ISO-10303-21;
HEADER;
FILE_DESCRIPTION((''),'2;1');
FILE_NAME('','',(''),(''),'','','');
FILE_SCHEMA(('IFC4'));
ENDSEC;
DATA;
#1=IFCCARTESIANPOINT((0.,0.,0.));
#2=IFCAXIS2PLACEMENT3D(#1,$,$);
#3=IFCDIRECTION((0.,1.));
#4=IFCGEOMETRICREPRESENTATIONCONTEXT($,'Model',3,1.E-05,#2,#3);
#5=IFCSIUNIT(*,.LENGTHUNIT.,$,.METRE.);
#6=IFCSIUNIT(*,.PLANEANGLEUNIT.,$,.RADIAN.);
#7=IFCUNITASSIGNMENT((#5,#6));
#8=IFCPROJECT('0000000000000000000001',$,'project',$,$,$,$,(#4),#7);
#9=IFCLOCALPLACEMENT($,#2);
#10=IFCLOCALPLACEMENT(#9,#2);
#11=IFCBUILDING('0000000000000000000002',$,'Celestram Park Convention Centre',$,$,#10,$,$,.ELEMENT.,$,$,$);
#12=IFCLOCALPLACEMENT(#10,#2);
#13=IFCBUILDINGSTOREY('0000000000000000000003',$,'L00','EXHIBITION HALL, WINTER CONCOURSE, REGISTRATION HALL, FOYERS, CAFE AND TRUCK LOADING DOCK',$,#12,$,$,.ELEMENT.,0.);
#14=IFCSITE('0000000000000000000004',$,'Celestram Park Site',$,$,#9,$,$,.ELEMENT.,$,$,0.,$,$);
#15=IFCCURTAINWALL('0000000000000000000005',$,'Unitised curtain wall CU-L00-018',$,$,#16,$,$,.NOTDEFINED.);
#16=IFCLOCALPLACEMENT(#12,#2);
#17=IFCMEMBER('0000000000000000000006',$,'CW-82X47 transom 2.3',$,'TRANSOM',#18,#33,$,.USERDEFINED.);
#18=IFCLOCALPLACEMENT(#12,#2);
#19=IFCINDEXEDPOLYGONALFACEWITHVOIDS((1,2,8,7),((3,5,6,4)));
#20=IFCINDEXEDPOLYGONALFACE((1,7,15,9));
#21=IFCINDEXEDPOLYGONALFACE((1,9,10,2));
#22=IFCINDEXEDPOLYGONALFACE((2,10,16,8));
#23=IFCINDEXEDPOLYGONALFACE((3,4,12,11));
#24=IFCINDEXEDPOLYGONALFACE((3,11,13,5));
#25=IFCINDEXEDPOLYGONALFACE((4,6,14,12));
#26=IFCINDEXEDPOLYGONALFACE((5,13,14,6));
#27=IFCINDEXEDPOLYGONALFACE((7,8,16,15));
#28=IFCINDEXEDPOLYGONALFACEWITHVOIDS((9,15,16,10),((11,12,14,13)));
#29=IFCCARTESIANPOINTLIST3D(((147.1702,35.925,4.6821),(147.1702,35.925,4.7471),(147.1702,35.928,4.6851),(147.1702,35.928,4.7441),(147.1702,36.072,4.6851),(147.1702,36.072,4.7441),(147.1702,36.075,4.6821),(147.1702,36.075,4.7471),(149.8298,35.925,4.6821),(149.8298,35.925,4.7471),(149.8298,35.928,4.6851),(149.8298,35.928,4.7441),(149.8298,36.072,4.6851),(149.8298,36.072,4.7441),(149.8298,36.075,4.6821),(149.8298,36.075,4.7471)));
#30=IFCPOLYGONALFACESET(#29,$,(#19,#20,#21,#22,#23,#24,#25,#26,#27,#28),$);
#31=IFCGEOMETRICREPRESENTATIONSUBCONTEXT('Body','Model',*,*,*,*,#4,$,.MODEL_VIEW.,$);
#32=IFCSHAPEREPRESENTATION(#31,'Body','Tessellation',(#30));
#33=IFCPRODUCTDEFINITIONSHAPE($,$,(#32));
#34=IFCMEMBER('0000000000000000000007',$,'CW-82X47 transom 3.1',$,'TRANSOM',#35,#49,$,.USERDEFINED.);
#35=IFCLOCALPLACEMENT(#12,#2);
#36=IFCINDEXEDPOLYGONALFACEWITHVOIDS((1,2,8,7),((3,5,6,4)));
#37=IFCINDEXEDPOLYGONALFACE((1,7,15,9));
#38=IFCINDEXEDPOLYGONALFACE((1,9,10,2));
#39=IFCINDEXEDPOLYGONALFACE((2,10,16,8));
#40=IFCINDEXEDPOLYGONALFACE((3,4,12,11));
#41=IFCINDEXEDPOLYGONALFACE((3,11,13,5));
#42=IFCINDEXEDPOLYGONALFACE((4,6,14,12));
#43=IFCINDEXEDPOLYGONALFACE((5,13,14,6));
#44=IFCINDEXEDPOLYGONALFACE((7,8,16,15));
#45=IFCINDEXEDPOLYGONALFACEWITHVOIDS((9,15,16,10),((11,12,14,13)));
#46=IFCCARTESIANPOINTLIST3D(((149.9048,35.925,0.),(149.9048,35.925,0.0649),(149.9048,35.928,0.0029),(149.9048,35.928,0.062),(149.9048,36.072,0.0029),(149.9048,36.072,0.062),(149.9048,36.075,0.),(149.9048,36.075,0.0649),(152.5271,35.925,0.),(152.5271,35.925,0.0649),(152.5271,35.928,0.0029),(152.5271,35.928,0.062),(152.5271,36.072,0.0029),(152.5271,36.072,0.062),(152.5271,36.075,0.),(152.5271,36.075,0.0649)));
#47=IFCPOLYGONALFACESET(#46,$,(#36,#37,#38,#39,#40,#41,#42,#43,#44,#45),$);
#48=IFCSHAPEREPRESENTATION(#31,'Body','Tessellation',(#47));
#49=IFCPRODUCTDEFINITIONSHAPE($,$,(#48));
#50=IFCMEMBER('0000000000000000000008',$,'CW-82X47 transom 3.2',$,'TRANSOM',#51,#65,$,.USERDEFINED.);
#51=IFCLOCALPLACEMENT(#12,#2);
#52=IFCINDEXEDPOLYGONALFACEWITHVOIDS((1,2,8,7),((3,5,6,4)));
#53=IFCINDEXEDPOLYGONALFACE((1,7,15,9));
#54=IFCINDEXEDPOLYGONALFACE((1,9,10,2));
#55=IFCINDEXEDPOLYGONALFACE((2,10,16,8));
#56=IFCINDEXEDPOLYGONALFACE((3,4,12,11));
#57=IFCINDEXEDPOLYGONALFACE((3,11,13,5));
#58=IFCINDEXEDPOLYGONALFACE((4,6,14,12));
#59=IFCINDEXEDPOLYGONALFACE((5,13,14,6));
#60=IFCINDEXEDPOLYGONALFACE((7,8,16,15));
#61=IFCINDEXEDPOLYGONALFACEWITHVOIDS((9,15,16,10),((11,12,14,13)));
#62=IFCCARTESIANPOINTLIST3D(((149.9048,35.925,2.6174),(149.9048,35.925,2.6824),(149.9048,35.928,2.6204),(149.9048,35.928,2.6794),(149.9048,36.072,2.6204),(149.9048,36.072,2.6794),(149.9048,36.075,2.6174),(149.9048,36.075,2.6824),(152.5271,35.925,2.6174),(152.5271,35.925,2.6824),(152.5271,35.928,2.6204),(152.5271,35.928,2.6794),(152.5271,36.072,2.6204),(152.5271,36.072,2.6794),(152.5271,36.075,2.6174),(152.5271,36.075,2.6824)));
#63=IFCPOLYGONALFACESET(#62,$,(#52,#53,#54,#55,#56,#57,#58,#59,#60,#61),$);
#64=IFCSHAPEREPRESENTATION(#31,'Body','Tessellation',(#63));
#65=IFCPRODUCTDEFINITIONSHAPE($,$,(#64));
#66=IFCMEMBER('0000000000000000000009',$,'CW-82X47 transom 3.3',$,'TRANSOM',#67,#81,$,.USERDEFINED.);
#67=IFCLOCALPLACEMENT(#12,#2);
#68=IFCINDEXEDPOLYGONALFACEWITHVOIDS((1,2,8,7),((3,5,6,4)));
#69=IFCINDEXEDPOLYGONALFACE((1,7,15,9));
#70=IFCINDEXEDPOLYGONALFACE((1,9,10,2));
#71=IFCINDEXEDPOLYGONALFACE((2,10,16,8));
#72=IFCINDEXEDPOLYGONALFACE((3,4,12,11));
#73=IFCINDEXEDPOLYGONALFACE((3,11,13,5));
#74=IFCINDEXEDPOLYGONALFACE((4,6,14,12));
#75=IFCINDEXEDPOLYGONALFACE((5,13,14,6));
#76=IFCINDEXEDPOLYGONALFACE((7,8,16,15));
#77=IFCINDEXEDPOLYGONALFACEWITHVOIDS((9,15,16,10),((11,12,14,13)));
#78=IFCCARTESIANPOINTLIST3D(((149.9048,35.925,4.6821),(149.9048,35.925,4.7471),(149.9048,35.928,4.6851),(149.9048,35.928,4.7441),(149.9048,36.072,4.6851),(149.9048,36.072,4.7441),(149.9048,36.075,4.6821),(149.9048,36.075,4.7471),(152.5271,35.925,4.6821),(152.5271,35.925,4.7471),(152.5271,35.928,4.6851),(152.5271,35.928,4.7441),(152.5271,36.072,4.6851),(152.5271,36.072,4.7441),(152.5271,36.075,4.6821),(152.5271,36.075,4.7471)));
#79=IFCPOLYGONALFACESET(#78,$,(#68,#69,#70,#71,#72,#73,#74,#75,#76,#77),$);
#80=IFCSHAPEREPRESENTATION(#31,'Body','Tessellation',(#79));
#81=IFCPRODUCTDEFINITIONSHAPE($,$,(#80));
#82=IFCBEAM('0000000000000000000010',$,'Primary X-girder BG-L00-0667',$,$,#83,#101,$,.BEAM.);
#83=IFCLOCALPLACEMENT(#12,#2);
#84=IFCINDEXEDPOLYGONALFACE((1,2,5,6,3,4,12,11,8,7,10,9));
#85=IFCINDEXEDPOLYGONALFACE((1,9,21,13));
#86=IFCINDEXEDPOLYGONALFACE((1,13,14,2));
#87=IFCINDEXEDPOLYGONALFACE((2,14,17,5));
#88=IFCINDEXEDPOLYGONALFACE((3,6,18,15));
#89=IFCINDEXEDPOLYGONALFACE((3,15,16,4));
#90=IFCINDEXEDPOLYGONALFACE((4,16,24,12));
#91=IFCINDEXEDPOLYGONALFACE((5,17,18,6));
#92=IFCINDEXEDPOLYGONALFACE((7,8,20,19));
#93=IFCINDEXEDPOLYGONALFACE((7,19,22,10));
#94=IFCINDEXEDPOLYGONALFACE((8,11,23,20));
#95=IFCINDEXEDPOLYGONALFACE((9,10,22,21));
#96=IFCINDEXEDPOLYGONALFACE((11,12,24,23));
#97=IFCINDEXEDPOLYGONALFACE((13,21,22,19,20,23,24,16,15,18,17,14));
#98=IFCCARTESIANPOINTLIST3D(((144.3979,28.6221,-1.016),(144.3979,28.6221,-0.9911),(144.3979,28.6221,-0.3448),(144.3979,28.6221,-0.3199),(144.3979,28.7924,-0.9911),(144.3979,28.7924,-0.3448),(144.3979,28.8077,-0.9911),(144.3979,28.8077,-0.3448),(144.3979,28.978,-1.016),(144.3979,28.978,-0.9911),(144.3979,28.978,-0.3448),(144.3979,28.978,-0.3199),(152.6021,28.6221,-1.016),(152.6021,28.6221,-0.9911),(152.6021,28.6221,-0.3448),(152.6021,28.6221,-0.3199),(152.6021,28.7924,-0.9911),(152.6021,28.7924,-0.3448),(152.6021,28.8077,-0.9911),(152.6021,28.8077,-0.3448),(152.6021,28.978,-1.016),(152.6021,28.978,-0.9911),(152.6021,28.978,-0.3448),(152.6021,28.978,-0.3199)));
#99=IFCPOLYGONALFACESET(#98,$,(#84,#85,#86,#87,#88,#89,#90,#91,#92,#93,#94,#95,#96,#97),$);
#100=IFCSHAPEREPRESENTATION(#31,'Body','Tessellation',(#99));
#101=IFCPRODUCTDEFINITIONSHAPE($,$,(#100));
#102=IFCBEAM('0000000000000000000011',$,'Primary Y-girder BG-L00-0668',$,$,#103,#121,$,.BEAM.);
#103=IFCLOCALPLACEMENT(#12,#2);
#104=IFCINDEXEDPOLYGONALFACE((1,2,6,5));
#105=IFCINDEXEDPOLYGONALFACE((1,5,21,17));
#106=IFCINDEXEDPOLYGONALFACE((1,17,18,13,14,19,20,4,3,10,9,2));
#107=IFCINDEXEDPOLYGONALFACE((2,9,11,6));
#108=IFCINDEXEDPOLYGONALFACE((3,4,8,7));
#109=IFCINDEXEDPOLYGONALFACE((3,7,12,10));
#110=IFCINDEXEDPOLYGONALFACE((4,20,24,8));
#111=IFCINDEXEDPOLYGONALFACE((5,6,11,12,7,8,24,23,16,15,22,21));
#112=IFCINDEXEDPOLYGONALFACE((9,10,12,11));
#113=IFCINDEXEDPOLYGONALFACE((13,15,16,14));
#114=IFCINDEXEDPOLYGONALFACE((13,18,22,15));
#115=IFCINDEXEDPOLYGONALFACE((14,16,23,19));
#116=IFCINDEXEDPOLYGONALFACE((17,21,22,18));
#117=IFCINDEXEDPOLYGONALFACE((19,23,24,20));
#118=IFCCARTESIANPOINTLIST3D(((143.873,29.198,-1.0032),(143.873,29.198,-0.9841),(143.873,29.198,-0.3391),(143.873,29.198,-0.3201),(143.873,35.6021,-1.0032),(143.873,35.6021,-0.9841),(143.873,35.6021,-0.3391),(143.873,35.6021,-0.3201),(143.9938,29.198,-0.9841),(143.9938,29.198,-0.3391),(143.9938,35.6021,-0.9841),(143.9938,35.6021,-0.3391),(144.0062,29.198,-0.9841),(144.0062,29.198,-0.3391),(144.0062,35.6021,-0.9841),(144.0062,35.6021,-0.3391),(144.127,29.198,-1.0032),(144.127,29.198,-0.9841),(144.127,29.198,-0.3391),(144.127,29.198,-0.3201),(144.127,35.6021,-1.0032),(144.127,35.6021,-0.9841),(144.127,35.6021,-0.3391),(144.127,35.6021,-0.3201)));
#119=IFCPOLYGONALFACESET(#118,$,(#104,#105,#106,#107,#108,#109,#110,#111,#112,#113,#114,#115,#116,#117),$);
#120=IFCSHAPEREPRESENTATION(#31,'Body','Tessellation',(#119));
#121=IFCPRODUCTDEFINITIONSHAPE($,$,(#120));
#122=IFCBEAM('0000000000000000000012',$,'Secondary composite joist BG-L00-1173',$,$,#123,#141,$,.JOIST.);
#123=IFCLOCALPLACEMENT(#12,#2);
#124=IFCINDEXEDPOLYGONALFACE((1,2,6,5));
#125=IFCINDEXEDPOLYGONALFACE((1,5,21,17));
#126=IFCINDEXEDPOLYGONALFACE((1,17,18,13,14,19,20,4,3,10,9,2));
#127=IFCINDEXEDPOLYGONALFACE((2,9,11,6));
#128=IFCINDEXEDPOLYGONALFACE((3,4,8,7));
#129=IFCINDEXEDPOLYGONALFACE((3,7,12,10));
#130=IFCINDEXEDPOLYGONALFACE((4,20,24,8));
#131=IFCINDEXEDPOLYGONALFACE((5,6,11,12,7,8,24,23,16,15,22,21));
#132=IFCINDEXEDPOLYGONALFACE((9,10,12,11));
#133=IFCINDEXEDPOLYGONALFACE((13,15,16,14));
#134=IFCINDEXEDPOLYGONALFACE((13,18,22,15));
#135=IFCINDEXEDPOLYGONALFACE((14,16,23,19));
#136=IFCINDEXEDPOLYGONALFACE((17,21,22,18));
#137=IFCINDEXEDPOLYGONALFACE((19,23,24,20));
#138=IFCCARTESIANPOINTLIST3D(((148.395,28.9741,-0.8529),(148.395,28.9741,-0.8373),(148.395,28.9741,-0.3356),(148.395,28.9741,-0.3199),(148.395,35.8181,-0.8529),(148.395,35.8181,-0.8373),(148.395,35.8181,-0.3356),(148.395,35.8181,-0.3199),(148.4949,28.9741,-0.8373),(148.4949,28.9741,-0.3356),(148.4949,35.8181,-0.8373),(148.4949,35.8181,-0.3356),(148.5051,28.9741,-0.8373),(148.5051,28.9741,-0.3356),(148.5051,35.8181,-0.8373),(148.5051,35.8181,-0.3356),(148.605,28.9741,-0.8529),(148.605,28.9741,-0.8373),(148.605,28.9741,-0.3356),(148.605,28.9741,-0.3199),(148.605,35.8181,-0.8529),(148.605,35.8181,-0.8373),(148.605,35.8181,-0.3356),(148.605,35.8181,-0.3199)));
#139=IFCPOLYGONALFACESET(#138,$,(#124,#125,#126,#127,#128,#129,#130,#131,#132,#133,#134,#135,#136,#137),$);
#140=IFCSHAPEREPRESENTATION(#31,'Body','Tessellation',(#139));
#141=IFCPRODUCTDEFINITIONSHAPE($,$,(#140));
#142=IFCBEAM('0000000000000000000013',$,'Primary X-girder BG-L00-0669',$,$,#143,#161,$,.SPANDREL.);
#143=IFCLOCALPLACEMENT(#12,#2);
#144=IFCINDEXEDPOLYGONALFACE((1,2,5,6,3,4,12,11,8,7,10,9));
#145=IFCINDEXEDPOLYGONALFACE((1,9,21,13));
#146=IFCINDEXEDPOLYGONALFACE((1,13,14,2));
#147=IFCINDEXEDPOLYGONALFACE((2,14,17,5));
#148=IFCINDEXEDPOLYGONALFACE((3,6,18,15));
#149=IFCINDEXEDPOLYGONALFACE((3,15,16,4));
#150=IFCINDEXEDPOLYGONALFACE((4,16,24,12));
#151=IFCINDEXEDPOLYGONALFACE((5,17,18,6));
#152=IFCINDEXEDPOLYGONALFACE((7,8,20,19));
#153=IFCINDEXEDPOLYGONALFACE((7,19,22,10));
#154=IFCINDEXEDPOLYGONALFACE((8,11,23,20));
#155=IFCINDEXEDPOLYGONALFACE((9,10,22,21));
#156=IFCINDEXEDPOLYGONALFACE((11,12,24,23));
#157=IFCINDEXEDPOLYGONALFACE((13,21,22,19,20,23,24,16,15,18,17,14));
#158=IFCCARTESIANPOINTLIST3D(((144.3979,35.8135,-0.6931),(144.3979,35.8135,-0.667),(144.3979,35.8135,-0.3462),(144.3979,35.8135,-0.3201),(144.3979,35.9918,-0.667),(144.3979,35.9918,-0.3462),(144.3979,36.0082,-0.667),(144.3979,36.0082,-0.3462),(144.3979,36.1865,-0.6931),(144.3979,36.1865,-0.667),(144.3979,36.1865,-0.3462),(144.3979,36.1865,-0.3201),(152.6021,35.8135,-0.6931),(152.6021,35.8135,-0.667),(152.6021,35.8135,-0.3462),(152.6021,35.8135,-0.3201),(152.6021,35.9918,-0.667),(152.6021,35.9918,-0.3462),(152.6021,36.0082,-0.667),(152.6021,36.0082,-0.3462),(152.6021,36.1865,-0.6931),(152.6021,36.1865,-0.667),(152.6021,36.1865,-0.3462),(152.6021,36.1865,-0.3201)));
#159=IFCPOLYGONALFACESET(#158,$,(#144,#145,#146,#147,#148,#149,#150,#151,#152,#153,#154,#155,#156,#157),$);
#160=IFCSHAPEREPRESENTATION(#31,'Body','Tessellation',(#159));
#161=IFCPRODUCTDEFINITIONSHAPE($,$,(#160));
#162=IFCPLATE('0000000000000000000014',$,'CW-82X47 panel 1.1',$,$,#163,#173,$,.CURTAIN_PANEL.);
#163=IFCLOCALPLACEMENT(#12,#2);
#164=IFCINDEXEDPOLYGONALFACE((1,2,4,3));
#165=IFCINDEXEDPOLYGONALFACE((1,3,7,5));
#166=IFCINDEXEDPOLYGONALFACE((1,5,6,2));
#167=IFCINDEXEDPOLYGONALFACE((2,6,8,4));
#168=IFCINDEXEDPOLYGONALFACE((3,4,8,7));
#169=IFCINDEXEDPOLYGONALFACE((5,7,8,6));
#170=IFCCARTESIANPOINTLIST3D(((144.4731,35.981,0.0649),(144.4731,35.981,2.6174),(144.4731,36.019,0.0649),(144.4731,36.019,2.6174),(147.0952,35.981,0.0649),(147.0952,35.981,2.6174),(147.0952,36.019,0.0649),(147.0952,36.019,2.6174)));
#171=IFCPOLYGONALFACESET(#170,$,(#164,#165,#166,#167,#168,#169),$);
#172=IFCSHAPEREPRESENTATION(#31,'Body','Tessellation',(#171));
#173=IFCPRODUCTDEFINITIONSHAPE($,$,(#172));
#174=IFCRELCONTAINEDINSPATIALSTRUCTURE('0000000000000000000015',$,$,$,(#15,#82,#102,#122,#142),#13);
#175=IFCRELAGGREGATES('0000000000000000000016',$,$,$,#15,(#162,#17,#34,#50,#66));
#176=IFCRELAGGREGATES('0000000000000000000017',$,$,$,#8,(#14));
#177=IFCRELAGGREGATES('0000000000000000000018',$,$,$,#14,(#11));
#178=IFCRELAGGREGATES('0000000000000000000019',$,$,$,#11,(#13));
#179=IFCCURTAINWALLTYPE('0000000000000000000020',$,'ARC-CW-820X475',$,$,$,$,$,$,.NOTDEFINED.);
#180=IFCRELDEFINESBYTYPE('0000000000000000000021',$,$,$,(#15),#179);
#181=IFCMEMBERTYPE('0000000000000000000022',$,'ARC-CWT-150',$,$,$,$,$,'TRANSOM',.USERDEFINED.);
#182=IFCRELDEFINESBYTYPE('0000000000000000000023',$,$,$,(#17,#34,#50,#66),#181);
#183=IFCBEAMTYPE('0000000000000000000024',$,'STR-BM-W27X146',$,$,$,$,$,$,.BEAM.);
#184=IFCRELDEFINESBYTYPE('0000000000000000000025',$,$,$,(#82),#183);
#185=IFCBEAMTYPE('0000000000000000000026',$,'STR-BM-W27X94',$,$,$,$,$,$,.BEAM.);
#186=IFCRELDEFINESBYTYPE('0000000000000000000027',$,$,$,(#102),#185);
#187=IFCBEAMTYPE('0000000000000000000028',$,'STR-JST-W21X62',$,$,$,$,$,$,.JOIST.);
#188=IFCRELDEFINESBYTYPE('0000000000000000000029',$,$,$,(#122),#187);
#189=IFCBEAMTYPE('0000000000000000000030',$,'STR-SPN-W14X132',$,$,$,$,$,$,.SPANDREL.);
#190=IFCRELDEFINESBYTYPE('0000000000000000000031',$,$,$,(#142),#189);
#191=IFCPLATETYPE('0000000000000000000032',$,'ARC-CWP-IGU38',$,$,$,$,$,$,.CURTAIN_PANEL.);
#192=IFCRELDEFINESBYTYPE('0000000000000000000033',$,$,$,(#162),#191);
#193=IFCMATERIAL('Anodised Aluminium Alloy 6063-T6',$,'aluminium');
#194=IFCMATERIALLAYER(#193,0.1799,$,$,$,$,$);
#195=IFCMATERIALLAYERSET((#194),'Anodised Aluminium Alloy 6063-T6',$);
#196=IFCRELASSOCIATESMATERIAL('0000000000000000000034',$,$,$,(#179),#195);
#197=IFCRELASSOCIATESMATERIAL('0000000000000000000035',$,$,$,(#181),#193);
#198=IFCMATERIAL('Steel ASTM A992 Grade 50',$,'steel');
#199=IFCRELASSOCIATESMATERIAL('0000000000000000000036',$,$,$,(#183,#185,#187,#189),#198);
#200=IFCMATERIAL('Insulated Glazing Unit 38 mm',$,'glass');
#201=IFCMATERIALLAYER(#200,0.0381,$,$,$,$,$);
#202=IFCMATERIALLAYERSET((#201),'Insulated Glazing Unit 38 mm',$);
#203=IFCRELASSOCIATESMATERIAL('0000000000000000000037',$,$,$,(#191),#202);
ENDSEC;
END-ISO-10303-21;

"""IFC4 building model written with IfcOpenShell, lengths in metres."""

from ifc_helpers import new_model, si_unit, direction, frame, origin, origin_2d, place, context, subcontext, project, spatial, rectangle, hollow_rectangle, i_section, extrude, material, layer, layer_set, material_profile, profile_set, type_object, element, aggregate, save


model = new_model("IFC4")

# Units and contexts
model_context = context("Model", 3, precision=1e-05, world=origin(), true_north=direction((0.0, 1.0)))
body_context = subcontext(model_context, "Body", "Model", "MODEL_VIEW")
ifc_project = project(units=[si_unit("LENGTHUNIT", "METRE"), si_unit("PLANEANGLEUNIT", "RADIAN")], contexts=[model_context])

# Site, building, storey
site_placement = place(None, origin())
site = spatial("IfcSite", under=ifc_project, at=site_placement, Name="Celestram Park Site", CompositionType="ELEMENT", RefElevation=0.0)
building_placement = place(site_placement, origin())
building = spatial("IfcBuilding", under=site, at=building_placement, Name="Celestram Park Convention Centre", CompositionType="ELEMENT")
storey_placement = place(building_placement, origin())
storey = spatial("IfcBuildingStorey", under=building, at=storey_placement, Name="L00", Description="EXHIBITION HALL, WINTER CONCOURSE, REGISTRATION HALL, FOYERS, CAFE AND TRUCK LOADING DOCK", CompositionType="ELEMENT", Elevation=0.0)

# Curtain wall, members
ifc_material_1 = material(Name="Anodised Aluminium Alloy 6063-T6", Category="aluminium")
ifc_layer_1 = layer(ifc_material_1, 0.1799)
ifc_layer_set_1 = layer_set([ifc_layer_1], Name="Anodised Aluminium Alloy 6063-T6")
curtain_wall_type = type_object("IfcCurtainWallType", Name="ARC-CW-820X475", PredefinedType="NOTDEFINED", material=ifc_layer_set_1)
curtain_wall_placement = place(storey_placement, origin())
curtain_wall = element("IfcCurtainWall", 1, at=curtain_wall_placement, inside=storey, type_object=curtain_wall_type, Name="Unitised curtain wall CU-L00-018", PredefinedType="NOTDEFINED")
ifc_material_profile_1 = material_profile(ifc_material_1, hollow_rectangle(XDim=0.1499, YDim=0.0649, WallThickness=0.0029, at=origin_2d()), Name="ALU150X65X3")
ifc_profile_set_1 = profile_set([ifc_material_profile_1], Name="Anodised Aluminium Alloy 6063-T6")
member_type_1 = type_object("IfcMemberType", Name="ARC-CWT-150", ElementType="TRANSOM", PredefinedType="USERDEFINED", material=ifc_profile_set_1)
member_1_placement = place(storey_placement, frame((147.1702, 36.0, 4.7146), z_axis=(1.0, 0.0, 0.0), x_axis=(0.0, 1.0, 0.0)))
member_1 = element("IfcMember", 2, at=member_1_placement, type_object=member_type_1, Name="CW-82X47 transom 2.3", ObjectType="TRANSOM", PredefinedType="USERDEFINED", context=body_context, shape_type="SweptSolid", body=[
    extrude(hollow_rectangle(XDim=0.1499, YDim=0.0649, WallThickness=0.0029, at=origin_2d()), origin(), (0.0, 0.0, 1.0), 2.6597),
])
member_2_placement = place(storey_placement, frame((149.9048, 36.0, 0.0325), z_axis=(1.0, 0.0, 0.0), x_axis=(0.0, 1.0, 0.0)))
member_2 = element("IfcMember", 3, at=member_2_placement, type_object=member_type_1, Name="CW-82X47 transom 3.1", ObjectType="TRANSOM", PredefinedType="USERDEFINED", context=body_context, shape_type="SweptSolid", body=[
    extrude(hollow_rectangle(XDim=0.1499, YDim=0.0649, WallThickness=0.0029, at=origin_2d()), origin(), (0.0, 0.0, 1.0), 2.6223),
])
member_3_placement = place(storey_placement, frame((149.9048, 36.0, 2.6499), z_axis=(1.0, 0.0, 0.0), x_axis=(0.0, 1.0, 0.0)))
member_3 = element("IfcMember", 4, at=member_3_placement, type_object=member_type_1, Name="CW-82X47 transom 3.2", ObjectType="TRANSOM", PredefinedType="USERDEFINED", context=body_context, shape_type="SweptSolid", body=[
    extrude(hollow_rectangle(XDim=0.1499, YDim=0.0649, WallThickness=0.0029, at=origin_2d()), origin(), (0.0, 0.0, 1.0), 2.6223),
])
member_4_placement = place(storey_placement, frame((149.9048, 36.0, 4.7146), z_axis=(1.0, 0.0, 0.0), x_axis=(0.0, 1.0, 0.0)))
member_4 = element("IfcMember", 5, at=member_4_placement, type_object=member_type_1, Name="CW-82X47 transom 3.3", ObjectType="TRANSOM", PredefinedType="USERDEFINED", context=body_context, shape_type="SweptSolid", body=[
    extrude(hollow_rectangle(XDim=0.1499, YDim=0.0649, WallThickness=0.0029, at=origin_2d()), origin(), (0.0, 0.0, 1.0), 2.6223),
])

# Beams
ifc_material_2 = material(Name="Steel ASTM A992 Grade 50", Category="steel")
ifc_material_profile_2 = material_profile(ifc_material_2, i_section(OverallWidth=0.356, OverallDepth=0.696, WebThickness=0.0154, FlangeThickness=0.0249, at=origin_2d()), Name="W27X146")
ifc_profile_set_2 = profile_set([ifc_material_profile_2], Name="Steel ASTM A992 Grade 50")
beam_type_1 = type_object("IfcBeamType", Name="STR-BM-W27X146", PredefinedType="BEAM", material=ifc_profile_set_2)
beam_1_placement = place(storey_placement, frame((144.3979, 28.8, -0.668), z_axis=(1.0, 0.0, 0.0), x_axis=(0.0, 1.0, 0.0)))
element("IfcBeam", 6, at=beam_1_placement, inside=storey, type_object=beam_type_1, Name="Primary X-girder BG-L00-0667", PredefinedType="BEAM", context=body_context, shape_type="SweptSolid", body=[
    extrude(i_section(OverallWidth=0.356, OverallDepth=0.696, WebThickness=0.0154, FlangeThickness=0.0249, at=origin_2d()), origin(), (0.0, 0.0, 1.0), 8.2041),
])
ifc_material_profile_3 = material_profile(ifc_material_2, i_section(OverallWidth=0.2539, OverallDepth=0.6831, WebThickness=0.0125, FlangeThickness=0.019, at=origin_2d()), Name="W27X94")
ifc_profile_set_3 = profile_set([ifc_material_profile_3], Name="Steel ASTM A992 Grade 50")
beam_type_2 = type_object("IfcBeamType", Name="STR-BM-W27X94", PredefinedType="BEAM", material=ifc_profile_set_3)
beam_2_placement = place(storey_placement, frame((144.0, 29.198, -0.6616), z_axis=(0.0, 1.0, 0.0), x_axis=(-1.0, 0.0, 0.0)))
element("IfcBeam", 7, at=beam_2_placement, inside=storey, type_object=beam_type_2, Name="Primary Y-girder BG-L00-0668", PredefinedType="BEAM", context=body_context, shape_type="SweptSolid", body=[
    extrude(i_section(OverallWidth=0.2539, OverallDepth=0.6831, WebThickness=0.0125, FlangeThickness=0.019, at=origin_2d()), origin(), (0.0, 0.0, 1.0), 6.4041),
])
ifc_material_profile_4 = material_profile(ifc_material_2, i_section(OverallWidth=0.21, OverallDepth=0.533, WebThickness=0.0103, FlangeThickness=0.0156, at=origin_2d()), Name="W21X62")
ifc_profile_set_4 = profile_set([ifc_material_profile_4], Name="Steel ASTM A992 Grade 50")
beam_type_3 = type_object("IfcBeamType", Name="STR-JST-W21X62", PredefinedType="JOIST", material=ifc_profile_set_4)
beam_3_placement = place(storey_placement, frame((148.5, 28.9741, -0.5864), z_axis=(0.0, 1.0, 0.0), x_axis=(-1.0, 0.0, 0.0)))
element("IfcBeam", 8, at=beam_3_placement, inside=storey, type_object=beam_type_3, Name="Secondary composite joist BG-L00-1173", PredefinedType="JOIST", context=body_context, shape_type="SweptSolid", body=[
    extrude(i_section(OverallWidth=0.21, OverallDepth=0.533, WebThickness=0.0103, FlangeThickness=0.0156, at=origin_2d()), origin(), (0.0, 0.0, 1.0), 6.844),
])
ifc_material_profile_5 = material_profile(ifc_material_2, i_section(OverallWidth=0.373, OverallDepth=0.373, WebThickness=0.0164, FlangeThickness=0.0261, at=origin_2d()), Name="W14X132")
ifc_profile_set_5 = profile_set([ifc_material_profile_5], Name="Steel ASTM A992 Grade 50")
beam_type_4 = type_object("IfcBeamType", Name="STR-SPN-W14X132", PredefinedType="SPANDREL", material=ifc_profile_set_5)
beam_4_placement = place(storey_placement, frame((144.3979, 36.0, -0.5066), z_axis=(1.0, 0.0, 0.0), x_axis=(0.0, 1.0, 0.0)))
element("IfcBeam", 9, at=beam_4_placement, inside=storey, type_object=beam_type_4, Name="Primary X-girder BG-L00-0669", PredefinedType="SPANDREL", context=body_context, shape_type="SweptSolid", body=[
    extrude(i_section(OverallWidth=0.373, OverallDepth=0.373, WebThickness=0.0164, FlangeThickness=0.0261, at=origin_2d()), origin(), (0.0, 0.0, 1.0), 8.2041),
])

# Plate
ifc_material_3 = material(Name="Insulated Glazing Unit 38 mm", Category="glass")
ifc_layer_2 = layer(ifc_material_3, 0.0381)
ifc_layer_set_2 = layer_set([ifc_layer_2], Name="Insulated Glazing Unit 38 mm")
plate_type = type_object("IfcPlateType", Name="ARC-CWP-IGU38", PredefinedType="CURTAIN_PANEL", material=ifc_layer_set_2)
plate_1_placement = place(storey_placement, frame((145.7842, 36.0, 0.0649), z_axis=(0.0, 0.0, 1.0), x_axis=(1.0, 0.0, 0.0)))
plate_1 = element("IfcPlate", 10, at=plate_1_placement, type_object=plate_type, Name="CW-82X47 panel 1.1", PredefinedType="CURTAIN_PANEL", context=body_context, shape_type="SweptSolid", body=[
    extrude(rectangle(XDim=2.6221, YDim=0.0381, at=origin_2d()), origin(), (0.0, 0.0, 1.0), 2.5525),
])
aggregate(curtain_wall, [plate_1, member_1, member_2, member_3, member_4])

save(model, "model.ifc")
